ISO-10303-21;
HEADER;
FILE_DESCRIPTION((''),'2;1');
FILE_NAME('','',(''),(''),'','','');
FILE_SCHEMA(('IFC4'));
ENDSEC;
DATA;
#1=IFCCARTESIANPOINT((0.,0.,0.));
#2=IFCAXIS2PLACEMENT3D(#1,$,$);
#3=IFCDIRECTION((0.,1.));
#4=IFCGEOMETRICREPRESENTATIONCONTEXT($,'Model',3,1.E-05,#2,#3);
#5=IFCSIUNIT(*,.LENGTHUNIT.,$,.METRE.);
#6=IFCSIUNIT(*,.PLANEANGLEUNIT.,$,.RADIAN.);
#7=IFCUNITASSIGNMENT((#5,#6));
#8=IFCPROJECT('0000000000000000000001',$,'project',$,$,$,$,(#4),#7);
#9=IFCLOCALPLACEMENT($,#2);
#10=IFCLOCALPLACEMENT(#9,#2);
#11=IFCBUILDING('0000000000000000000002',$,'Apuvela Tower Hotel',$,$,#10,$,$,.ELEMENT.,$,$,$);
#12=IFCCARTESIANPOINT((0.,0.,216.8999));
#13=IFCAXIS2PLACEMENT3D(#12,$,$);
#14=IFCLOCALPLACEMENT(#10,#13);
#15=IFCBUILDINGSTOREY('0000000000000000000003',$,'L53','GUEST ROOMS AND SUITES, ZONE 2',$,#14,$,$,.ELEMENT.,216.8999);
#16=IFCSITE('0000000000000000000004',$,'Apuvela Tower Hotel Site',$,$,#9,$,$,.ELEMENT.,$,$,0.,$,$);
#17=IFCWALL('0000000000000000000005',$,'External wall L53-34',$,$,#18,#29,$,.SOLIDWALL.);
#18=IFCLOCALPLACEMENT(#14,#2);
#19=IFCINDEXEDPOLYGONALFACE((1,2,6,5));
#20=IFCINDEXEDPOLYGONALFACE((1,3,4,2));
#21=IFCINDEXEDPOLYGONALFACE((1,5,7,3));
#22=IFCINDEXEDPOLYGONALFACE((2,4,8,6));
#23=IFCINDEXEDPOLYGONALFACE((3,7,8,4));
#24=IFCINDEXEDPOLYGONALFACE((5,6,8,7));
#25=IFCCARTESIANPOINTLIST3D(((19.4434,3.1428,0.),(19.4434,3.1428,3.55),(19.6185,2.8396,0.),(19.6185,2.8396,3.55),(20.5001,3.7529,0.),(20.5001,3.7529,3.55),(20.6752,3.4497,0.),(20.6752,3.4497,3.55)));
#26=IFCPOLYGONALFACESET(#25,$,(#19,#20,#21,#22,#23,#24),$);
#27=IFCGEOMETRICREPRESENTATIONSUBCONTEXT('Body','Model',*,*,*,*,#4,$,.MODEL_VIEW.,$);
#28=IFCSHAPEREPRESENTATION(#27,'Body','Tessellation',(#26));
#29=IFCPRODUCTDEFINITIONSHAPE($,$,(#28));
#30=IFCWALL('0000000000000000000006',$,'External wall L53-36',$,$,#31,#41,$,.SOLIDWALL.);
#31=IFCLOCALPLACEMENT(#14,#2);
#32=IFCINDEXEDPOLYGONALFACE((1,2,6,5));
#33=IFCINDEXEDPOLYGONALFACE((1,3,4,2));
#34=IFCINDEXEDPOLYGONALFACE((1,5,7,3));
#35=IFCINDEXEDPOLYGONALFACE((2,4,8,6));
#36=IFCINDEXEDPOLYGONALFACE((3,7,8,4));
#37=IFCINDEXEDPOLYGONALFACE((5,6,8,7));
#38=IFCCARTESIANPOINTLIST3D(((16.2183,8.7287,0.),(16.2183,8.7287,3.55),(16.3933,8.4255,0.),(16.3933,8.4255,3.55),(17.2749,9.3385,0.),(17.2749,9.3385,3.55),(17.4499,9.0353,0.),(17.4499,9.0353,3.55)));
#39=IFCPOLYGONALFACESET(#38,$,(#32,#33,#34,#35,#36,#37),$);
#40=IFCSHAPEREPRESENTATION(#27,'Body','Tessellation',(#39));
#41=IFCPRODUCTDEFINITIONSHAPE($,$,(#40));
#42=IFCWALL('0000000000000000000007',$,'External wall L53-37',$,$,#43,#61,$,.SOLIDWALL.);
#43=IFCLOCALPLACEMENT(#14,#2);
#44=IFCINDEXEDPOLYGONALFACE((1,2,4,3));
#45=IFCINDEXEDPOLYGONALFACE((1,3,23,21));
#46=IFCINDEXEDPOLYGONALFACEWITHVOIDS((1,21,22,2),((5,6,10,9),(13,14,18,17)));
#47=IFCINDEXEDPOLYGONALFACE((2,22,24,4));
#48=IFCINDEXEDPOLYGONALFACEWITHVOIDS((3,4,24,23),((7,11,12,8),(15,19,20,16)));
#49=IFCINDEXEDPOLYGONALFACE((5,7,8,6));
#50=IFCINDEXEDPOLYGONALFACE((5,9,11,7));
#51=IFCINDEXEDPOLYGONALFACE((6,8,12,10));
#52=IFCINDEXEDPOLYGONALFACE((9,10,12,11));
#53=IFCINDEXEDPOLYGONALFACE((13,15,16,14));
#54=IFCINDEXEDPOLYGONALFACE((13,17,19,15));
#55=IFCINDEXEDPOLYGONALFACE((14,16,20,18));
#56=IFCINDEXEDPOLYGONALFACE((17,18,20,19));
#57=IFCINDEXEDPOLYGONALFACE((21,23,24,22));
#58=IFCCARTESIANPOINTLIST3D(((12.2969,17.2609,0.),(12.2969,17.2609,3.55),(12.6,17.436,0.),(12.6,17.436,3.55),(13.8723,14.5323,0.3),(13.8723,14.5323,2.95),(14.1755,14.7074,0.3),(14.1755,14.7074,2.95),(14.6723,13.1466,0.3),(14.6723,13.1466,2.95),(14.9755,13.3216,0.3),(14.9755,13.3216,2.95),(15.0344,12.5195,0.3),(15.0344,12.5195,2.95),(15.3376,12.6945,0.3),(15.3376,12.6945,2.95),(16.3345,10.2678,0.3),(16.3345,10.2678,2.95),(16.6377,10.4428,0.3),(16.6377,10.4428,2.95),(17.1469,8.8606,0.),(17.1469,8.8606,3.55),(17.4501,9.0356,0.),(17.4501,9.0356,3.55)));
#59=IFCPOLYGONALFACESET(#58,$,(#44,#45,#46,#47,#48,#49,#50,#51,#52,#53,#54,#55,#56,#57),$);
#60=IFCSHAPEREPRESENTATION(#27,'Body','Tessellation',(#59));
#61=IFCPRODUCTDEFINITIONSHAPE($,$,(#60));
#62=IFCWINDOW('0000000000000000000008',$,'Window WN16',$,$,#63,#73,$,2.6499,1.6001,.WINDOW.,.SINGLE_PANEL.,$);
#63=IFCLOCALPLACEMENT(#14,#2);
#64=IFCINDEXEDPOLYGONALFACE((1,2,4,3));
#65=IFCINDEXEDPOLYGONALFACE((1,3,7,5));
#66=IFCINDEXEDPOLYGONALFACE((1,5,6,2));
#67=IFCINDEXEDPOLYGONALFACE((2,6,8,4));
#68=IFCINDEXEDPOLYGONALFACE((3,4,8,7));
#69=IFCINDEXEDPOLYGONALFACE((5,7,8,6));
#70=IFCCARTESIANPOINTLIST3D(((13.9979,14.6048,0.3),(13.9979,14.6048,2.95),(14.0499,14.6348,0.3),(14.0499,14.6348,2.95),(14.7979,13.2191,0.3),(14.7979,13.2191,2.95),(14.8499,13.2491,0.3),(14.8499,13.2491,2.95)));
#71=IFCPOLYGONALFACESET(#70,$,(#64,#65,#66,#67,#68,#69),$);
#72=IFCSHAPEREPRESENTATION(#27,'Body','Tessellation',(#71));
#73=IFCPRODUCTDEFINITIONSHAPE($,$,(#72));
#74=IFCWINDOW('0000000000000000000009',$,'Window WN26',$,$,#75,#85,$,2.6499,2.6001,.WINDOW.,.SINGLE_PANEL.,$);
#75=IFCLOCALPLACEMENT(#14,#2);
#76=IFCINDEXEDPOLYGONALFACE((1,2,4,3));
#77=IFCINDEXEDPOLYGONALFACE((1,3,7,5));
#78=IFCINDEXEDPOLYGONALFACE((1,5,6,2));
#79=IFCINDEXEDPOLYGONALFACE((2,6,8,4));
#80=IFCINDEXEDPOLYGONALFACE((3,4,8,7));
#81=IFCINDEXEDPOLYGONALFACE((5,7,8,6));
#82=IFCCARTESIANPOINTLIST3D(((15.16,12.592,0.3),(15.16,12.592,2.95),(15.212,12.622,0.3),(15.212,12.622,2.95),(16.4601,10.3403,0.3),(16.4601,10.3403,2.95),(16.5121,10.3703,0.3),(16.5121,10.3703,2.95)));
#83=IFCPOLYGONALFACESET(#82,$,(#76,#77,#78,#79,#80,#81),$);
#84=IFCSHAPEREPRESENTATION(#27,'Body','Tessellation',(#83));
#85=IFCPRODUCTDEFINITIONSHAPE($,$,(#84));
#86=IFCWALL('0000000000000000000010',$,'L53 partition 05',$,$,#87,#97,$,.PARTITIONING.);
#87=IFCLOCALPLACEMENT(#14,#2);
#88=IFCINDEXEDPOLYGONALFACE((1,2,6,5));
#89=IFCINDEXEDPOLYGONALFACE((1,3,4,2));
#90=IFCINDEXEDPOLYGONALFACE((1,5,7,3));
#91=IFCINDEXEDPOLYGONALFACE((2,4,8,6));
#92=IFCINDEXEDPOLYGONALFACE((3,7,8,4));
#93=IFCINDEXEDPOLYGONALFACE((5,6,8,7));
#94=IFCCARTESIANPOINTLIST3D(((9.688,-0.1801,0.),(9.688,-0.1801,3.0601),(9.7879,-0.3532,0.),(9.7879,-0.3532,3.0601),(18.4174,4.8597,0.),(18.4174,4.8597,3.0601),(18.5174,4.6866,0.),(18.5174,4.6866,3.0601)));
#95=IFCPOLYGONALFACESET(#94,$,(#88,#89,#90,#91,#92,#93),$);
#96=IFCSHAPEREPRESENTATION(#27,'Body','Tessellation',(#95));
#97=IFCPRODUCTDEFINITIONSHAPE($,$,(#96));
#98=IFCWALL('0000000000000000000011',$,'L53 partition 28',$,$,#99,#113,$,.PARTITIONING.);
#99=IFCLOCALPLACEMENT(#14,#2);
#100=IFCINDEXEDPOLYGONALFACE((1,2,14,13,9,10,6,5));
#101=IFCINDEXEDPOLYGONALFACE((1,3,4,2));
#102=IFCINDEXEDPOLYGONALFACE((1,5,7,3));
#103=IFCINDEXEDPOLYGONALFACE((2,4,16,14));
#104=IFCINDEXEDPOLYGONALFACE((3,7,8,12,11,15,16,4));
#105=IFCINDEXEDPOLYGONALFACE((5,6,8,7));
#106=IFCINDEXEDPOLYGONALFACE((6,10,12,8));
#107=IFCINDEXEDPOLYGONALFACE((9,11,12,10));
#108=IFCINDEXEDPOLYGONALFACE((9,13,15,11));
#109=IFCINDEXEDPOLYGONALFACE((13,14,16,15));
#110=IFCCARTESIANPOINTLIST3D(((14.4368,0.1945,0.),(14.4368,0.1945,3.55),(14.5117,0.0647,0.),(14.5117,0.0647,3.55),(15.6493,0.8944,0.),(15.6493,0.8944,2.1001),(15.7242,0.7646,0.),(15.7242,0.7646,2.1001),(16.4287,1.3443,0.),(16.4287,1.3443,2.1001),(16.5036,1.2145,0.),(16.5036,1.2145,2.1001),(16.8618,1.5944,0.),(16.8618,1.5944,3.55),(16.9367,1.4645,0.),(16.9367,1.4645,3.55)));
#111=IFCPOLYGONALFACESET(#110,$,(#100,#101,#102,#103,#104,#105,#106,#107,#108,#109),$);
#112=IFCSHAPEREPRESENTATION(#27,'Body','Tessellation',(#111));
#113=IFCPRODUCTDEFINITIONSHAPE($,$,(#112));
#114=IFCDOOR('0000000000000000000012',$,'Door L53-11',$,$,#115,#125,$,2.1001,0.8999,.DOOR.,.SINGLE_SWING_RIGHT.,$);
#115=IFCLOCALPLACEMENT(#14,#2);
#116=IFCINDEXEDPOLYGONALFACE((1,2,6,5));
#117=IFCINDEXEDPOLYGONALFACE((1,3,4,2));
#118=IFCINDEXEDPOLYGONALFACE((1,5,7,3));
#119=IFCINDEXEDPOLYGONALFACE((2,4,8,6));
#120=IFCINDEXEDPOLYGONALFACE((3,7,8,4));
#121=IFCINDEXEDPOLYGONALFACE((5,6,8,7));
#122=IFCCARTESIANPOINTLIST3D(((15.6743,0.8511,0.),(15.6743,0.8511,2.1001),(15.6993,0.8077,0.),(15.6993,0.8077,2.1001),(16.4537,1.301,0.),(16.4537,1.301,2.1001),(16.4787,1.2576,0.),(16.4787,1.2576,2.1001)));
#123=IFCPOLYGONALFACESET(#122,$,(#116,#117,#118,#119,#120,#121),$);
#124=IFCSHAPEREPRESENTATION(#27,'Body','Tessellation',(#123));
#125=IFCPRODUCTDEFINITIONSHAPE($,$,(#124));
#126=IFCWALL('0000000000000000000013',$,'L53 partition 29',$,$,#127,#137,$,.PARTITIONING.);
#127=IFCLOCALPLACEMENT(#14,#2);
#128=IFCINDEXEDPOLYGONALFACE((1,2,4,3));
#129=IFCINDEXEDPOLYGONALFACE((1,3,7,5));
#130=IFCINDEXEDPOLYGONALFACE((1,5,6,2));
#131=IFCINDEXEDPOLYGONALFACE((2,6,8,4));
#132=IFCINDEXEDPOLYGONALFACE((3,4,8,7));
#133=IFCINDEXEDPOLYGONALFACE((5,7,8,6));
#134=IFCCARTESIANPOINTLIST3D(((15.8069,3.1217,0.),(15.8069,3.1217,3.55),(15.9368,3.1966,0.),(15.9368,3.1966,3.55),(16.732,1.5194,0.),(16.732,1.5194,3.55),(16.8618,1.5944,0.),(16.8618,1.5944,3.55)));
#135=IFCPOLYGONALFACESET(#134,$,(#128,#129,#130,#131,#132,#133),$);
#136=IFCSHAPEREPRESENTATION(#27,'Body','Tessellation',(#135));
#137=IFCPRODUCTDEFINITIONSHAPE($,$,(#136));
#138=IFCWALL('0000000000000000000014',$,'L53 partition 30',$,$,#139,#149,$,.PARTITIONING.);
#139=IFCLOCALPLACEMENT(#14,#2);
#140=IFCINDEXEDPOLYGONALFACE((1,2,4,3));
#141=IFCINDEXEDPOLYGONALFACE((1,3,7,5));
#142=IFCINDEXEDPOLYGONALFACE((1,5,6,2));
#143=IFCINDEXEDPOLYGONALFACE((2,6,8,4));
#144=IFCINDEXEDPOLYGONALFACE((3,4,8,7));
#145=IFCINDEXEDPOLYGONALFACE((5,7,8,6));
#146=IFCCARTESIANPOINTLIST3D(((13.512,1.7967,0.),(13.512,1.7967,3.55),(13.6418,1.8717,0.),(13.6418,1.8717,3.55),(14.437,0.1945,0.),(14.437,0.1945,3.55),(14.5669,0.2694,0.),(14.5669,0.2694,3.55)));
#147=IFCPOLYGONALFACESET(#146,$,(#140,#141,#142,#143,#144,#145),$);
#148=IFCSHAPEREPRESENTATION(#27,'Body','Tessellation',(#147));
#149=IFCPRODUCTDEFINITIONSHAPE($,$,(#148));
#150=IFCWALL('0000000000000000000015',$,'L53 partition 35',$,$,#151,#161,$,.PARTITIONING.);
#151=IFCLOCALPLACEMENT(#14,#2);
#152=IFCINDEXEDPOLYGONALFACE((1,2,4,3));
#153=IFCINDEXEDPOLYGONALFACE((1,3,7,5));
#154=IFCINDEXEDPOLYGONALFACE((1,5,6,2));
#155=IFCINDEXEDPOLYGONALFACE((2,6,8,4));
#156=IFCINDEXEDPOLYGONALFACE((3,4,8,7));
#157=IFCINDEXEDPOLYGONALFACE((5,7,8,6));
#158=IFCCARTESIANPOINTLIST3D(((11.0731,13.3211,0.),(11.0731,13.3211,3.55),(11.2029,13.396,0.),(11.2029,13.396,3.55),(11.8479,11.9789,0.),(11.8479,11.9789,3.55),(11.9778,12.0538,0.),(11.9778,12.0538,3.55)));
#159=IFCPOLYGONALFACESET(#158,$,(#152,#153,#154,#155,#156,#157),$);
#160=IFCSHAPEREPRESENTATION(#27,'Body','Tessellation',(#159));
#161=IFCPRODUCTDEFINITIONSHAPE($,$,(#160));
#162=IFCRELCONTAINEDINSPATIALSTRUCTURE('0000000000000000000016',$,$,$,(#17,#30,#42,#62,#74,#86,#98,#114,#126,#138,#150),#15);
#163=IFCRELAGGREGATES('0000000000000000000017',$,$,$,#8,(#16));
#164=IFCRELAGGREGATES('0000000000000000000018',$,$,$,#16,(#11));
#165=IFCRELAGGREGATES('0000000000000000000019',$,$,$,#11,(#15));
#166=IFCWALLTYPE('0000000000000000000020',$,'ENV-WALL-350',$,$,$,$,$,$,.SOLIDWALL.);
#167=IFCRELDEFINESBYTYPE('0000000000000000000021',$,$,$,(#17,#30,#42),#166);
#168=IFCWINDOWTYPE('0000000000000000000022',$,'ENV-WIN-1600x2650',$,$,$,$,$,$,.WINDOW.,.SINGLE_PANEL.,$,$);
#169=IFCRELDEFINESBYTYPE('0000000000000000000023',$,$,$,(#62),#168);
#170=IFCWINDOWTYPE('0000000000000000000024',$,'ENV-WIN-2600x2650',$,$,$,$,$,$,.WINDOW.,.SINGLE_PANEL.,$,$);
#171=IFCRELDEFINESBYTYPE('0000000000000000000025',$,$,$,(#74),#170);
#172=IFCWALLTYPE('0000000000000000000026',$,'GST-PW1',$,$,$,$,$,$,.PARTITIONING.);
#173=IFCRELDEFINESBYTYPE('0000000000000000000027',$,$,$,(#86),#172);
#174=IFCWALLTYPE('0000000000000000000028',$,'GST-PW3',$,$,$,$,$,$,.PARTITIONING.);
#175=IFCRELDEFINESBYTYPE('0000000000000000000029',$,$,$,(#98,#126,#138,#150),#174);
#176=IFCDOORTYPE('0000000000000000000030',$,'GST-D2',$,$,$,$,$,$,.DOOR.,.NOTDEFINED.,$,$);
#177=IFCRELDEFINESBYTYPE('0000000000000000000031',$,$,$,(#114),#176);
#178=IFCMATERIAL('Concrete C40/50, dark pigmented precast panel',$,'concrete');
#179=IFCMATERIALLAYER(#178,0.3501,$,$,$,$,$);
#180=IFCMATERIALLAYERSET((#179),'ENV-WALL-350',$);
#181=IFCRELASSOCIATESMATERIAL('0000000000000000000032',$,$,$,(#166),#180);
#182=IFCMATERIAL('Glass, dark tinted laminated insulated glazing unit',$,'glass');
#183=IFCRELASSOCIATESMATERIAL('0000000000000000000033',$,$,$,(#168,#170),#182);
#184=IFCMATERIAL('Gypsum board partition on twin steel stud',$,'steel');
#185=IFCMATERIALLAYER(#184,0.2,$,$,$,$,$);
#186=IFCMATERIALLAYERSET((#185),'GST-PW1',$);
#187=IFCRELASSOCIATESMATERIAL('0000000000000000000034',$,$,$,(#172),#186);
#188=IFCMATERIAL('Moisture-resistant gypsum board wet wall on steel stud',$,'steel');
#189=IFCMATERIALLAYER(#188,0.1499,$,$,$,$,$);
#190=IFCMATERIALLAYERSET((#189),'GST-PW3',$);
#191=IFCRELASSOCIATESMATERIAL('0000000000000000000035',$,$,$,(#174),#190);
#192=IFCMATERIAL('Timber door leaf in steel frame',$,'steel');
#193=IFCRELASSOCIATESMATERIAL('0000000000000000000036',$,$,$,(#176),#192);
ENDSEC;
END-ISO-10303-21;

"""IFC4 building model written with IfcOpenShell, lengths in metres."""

from ifc_helpers import new_model, si_unit, direction, frame, frame_2d, origin, place, context, subcontext, project, spatial, rectangle, extrude, material, layer, layer_set, type_object, element, fill, save


model = new_model("IFC4")

# Units and contexts
model_context = context("Model", 3, precision=1e-05, world=origin(), true_north=direction((0.0, 1.0)))
body_context = subcontext(model_context, "Body", "Model", "MODEL_VIEW")
ifc_project = project(units=[si_unit("LENGTHUNIT", "METRE"), si_unit("PLANEANGLEUNIT", "RADIAN")], contexts=[model_context])

# Site, building, storey
site_placement = place(None, origin())
site = spatial("IfcSite", under=ifc_project, at=site_placement, Name="Apuvela Tower Hotel Site", CompositionType="ELEMENT", RefElevation=0.0)
building_placement = place(site_placement, origin())
building = spatial("IfcBuilding", under=site, at=building_placement, Name="Apuvela Tower Hotel", CompositionType="ELEMENT")
storey_placement = place(building_placement, frame((0.0, 0.0, 216.8999)))
storey = spatial("IfcBuildingStorey", under=building, at=storey_placement, Name="L53", Description="GUEST ROOMS AND SUITES, ZONE 2", CompositionType="ELEMENT", Elevation=216.8999)

# Wall
ifc_material_1 = material(Name="Concrete C40/50, dark pigmented precast panel", Category="concrete")
ifc_layer_1 = layer(ifc_material_1, 0.3501)
ifc_layer_set_1 = layer_set([ifc_layer_1], Name="ENV-WALL-350")
wall_type_1 = type_object("IfcWallType", Name="ENV-WALL-350", PredefinedType="SOLIDWALL", material=ifc_layer_set_1)
wall_1_placement = place(storey_placement, frame((20.5876, 3.6013, 0.0), z_axis=(0.0, 0.0, 1.0), x_axis=(-0.866006, -0.500034, 0.0)))
element("IfcWall", 1, at=wall_1_placement, inside=storey, type_object=wall_type_1, Name="External wall L53-34", PredefinedType="SOLIDWALL", context=body_context, shape_type="SweptSolid", body=[
    extrude(rectangle(XDim=1.2202, YDim=0.3501, at=frame_2d((0.6101, 0.0))), origin(), (0.0, 0.0, 1.0), 3.55),
])

# Shared definitions
ifc_material_2 = material(Name="Glass, dark tinted laminated insulated glazing unit", Category="glass")

# Wall
wall_2_placement = place(storey_placement, frame((16.3059, 8.5771, 0.0), z_axis=(0.0, 0.0, 1.0), x_axis=(0.866092, 0.499884, 0.0)))
element("IfcWall", 2, at=wall_2_placement, inside=storey, type_object=wall_type_1, Name="External wall L53-36", PredefinedType="SOLIDWALL", context=body_context, shape_type="SweptSolid", body=[
    extrude(rectangle(XDim=1.22, YDim=0.3501, at=frame_2d((0.6099, 0.0))), origin(), (0.0, 0.0, 1.0), 3.55),
])

# Wall, openings, windows
wall_3_placement = place(storey_placement, frame((17.2986, 8.948, 0.0), z_axis=(0.0, 0.0, 1.0), x_axis=(-0.50001, 0.86602, 0.0)))
wall_3 = element("IfcWall", 3, at=wall_3_placement, inside=storey, type_object=wall_type_1, Name="External wall L53-37", PredefinedType="SOLIDWALL", context=body_context, shape_type="SweptSolid", body=[
    extrude(rectangle(XDim=9.7, YDim=0.3501, at=frame_2d((4.8501, 0.0))), origin(), (0.0, 0.0, 1.0), 3.55),
])
opening_1_placement = place(wall_3_placement, frame((1.625, 0.0, 0.3)))
opening_1 = element("IfcOpeningElement", 4, at=opening_1_placement, cuts=wall_3, PredefinedType="OPENING", context=body_context, shape_type="SweptSolid", body=[
    extrude(rectangle(XDim=2.6001, YDim=2.6499, at=frame_2d((1.3, 1.325))), frame((0.0, 0.1851, 0.0), z_axis=(0.0, -1.0, 0.0), x_axis=(1.0, 0.0, 0.0)), (0.0, 0.0, 1.0), 0.3701),
])
opening_2_placement = place(wall_3_placement, frame((4.9492, 0.0, 0.3)))
opening_2 = element("IfcOpeningElement", 5, at=opening_2_placement, cuts=wall_3, PredefinedType="OPENING", context=body_context, shape_type="SweptSolid", body=[
    extrude(rectangle(XDim=1.6001, YDim=2.6499, at=frame_2d((0.8, 1.325))), frame((0.0, 0.1851, 0.0), z_axis=(0.0, -1.0, 0.0), x_axis=(1.0, 0.0, 0.0)), (0.0, 0.0, 1.0), 0.3701),
])
window_type_1 = type_object("IfcWindowType", Name="ENV-WIN-1600x2650", PartitioningType="SINGLE_PANEL", PredefinedType="WINDOW", material=ifc_material_2)
window_1_placement = place(opening_2_placement, origin())
window_1 = element("IfcWindow", 6, at=window_1_placement, inside=storey, type_object=window_type_1, Name="Window WN16", OverallHeight=2.6499, OverallWidth=1.6001, PartitioningType="SINGLE_PANEL", PredefinedType="WINDOW", context=body_context, shape_type="SweptSolid", body=[
    extrude(rectangle(XDim=1.6001, YDim=2.6499, at=frame_2d((0.8, 1.325))), frame((0.0, 0.03, 0.0), z_axis=(0.0, -1.0, 0.0), x_axis=(1.0, 0.0, 0.0)), (0.0, 0.0, 1.0), 0.0601),
])
fill(opening_2, window_1)
window_type_2 = type_object("IfcWindowType", Name="ENV-WIN-2600x2650", PartitioningType="SINGLE_PANEL", PredefinedType="WINDOW", material=ifc_material_2)
window_2_placement = place(opening_1_placement, origin())
window_2 = element("IfcWindow", 7, at=window_2_placement, inside=storey, type_object=window_type_2, Name="Window WN26", OverallHeight=2.6499, OverallWidth=2.6001, PartitioningType="SINGLE_PANEL", PredefinedType="WINDOW", context=body_context, shape_type="SweptSolid", body=[
    extrude(rectangle(XDim=2.6001, YDim=2.6499, at=frame_2d((1.3, 1.325))), frame((0.0, 0.03, 0.0), z_axis=(0.0, -1.0, 0.0), x_axis=(1.0, 0.0, 0.0)), (0.0, 0.0, 1.0), 0.0601),
])
fill(opening_1, window_2)

# Wall
ifc_material_3 = material(Name="Gypsum board partition on twin steel stud", Category="steel")
ifc_layer_2 = layer(ifc_material_3, 0.2)
ifc_layer_set_2 = layer_set([ifc_layer_2], Name="GST-PW1")
wall_type_2 = type_object("IfcWallType", Name="GST-PW1", PredefinedType="PARTITIONING", material=ifc_layer_set_2)
wall_4_placement = place(storey_placement, frame((18.4675, 4.7732, 0.0), z_axis=(0.0, 0.0, 1.0), x_axis=(-0.866033, -0.499987, 0.0)))
element("IfcWall", 8, at=wall_4_placement, inside=storey, type_object=wall_type_2, Name="L53 partition 05", PredefinedType="PARTITIONING", context=body_context, shape_type="SweptSolid", body=[
    extrude(rectangle(XDim=10.0798, YDim=0.2, at=frame_2d((5.04, 0.0))), origin(), (0.0, 0.0, 1.0), 3.0601),
])

# Wall, opening, door
ifc_material_4 = material(Name="Moisture-resistant gypsum board wet wall on steel stud", Category="steel")
ifc_layer_3 = layer(ifc_material_4, 0.1499)
ifc_layer_set_3 = layer_set([ifc_layer_3], Name="GST-PW3")
wall_type_3 = type_object("IfcWallType", Name="GST-PW3", PredefinedType="PARTITIONING", material=ifc_layer_set_3)
wall_5_placement = place(storey_placement, frame((14.4744, 0.1296, 0.0), z_axis=(0.0, 0.0, 1.0), x_axis=(0.866056, 0.499946, 0.0)))
wall_5 = element("IfcWall", 9, at=wall_5_placement, inside=storey, type_object=wall_type_3, Name="L53 partition 28", PredefinedType="PARTITIONING", context=body_context, shape_type="SweptSolid", body=[
    extrude(rectangle(XDim=2.8, YDim=0.1499, at=frame_2d((1.3999, 0.0))), origin(), (0.0, 0.0, 1.0), 3.55),
])
opening_3_placement = place(wall_5_placement, frame((1.3999, 0.0, 0.0)))
opening_3 = element("IfcOpeningElement", 10, at=opening_3_placement, cuts=wall_5, PredefinedType="OPENING", context=body_context, shape_type="SweptSolid", body=[
    extrude(rectangle(XDim=0.8999, YDim=2.1001, at=frame_2d((0.45, 1.05))), frame((0.0, 0.085, 0.0), z_axis=(0.0, -1.0, 0.0), x_axis=(1.0, 0.0, 0.0)), (0.0, 0.0, 1.0), 0.1699),
])
ifc_material_5 = material(Name="Timber door leaf in steel frame", Category="steel")
door_type_1 = type_object("IfcDoorType", Name="GST-D2", OperationType="NOTDEFINED", PredefinedType="DOOR", material=ifc_material_5)
door_1_placement = place(opening_3_placement, origin())
door_1 = element("IfcDoor", 11, at=door_1_placement, inside=storey, type_object=door_type_1, Name="Door L53-11", OperationType="SINGLE_SWING_RIGHT", OverallHeight=2.1001, OverallWidth=0.8999, PredefinedType="DOOR", context=body_context, shape_type="SweptSolid", body=[
    extrude(rectangle(XDim=0.8999, YDim=2.1001, at=frame_2d((0.45, 1.05))), frame((0.0, 0.0249, 0.0), z_axis=(0.0, -1.0, 0.0), x_axis=(1.0, 0.0, 0.0)), (0.0, 0.0, 1.0), 0.05),
])
fill(opening_3, door_1)

# Walls
for number, where, z_axis, x_axis, name in (
    (12, (16.7969, 1.5569, 0.0), (0.0, 0.0, 1.0), (-0.499985, 0.866034, 0.0), "L53 partition 29"),
    (13, (14.502, 0.2319, 0.0), (0.0, 0.0, 1.0), (-0.499985, 0.866034, 0.0), "L53 partition 30"),
):
    element("IfcWall", number, at=place(storey_placement, frame(where, z_axis=z_axis, x_axis=x_axis)), inside=storey, type_object=wall_type_3, Name=name, PredefinedType="PARTITIONING", context=body_context, shape_type="SweptSolid", body=[
        extrude(rectangle(XDim=1.8501, YDim=0.1499, at=frame_2d((0.925, 0.0))), origin(), (0.0, 0.0, 1.0), 3.55),
    ])
wall_6_placement = place(storey_placement, frame((11.9128, 12.0164, 0.0), z_axis=(0.0, 0.0, 1.0), x_axis=(-0.499968, 0.866044, 0.0)))
element("IfcWall", 14, at=wall_6_placement, inside=storey, type_object=wall_type_3, Name="L53 partition 35", PredefinedType="PARTITIONING", context=body_context, shape_type="SweptSolid", body=[
    extrude(rectangle(XDim=1.5498, YDim=0.1499, at=frame_2d((0.7749, 0.0))), origin(), (0.0, 0.0, 1.0), 3.55),
])

save(model, "model.ifc")
